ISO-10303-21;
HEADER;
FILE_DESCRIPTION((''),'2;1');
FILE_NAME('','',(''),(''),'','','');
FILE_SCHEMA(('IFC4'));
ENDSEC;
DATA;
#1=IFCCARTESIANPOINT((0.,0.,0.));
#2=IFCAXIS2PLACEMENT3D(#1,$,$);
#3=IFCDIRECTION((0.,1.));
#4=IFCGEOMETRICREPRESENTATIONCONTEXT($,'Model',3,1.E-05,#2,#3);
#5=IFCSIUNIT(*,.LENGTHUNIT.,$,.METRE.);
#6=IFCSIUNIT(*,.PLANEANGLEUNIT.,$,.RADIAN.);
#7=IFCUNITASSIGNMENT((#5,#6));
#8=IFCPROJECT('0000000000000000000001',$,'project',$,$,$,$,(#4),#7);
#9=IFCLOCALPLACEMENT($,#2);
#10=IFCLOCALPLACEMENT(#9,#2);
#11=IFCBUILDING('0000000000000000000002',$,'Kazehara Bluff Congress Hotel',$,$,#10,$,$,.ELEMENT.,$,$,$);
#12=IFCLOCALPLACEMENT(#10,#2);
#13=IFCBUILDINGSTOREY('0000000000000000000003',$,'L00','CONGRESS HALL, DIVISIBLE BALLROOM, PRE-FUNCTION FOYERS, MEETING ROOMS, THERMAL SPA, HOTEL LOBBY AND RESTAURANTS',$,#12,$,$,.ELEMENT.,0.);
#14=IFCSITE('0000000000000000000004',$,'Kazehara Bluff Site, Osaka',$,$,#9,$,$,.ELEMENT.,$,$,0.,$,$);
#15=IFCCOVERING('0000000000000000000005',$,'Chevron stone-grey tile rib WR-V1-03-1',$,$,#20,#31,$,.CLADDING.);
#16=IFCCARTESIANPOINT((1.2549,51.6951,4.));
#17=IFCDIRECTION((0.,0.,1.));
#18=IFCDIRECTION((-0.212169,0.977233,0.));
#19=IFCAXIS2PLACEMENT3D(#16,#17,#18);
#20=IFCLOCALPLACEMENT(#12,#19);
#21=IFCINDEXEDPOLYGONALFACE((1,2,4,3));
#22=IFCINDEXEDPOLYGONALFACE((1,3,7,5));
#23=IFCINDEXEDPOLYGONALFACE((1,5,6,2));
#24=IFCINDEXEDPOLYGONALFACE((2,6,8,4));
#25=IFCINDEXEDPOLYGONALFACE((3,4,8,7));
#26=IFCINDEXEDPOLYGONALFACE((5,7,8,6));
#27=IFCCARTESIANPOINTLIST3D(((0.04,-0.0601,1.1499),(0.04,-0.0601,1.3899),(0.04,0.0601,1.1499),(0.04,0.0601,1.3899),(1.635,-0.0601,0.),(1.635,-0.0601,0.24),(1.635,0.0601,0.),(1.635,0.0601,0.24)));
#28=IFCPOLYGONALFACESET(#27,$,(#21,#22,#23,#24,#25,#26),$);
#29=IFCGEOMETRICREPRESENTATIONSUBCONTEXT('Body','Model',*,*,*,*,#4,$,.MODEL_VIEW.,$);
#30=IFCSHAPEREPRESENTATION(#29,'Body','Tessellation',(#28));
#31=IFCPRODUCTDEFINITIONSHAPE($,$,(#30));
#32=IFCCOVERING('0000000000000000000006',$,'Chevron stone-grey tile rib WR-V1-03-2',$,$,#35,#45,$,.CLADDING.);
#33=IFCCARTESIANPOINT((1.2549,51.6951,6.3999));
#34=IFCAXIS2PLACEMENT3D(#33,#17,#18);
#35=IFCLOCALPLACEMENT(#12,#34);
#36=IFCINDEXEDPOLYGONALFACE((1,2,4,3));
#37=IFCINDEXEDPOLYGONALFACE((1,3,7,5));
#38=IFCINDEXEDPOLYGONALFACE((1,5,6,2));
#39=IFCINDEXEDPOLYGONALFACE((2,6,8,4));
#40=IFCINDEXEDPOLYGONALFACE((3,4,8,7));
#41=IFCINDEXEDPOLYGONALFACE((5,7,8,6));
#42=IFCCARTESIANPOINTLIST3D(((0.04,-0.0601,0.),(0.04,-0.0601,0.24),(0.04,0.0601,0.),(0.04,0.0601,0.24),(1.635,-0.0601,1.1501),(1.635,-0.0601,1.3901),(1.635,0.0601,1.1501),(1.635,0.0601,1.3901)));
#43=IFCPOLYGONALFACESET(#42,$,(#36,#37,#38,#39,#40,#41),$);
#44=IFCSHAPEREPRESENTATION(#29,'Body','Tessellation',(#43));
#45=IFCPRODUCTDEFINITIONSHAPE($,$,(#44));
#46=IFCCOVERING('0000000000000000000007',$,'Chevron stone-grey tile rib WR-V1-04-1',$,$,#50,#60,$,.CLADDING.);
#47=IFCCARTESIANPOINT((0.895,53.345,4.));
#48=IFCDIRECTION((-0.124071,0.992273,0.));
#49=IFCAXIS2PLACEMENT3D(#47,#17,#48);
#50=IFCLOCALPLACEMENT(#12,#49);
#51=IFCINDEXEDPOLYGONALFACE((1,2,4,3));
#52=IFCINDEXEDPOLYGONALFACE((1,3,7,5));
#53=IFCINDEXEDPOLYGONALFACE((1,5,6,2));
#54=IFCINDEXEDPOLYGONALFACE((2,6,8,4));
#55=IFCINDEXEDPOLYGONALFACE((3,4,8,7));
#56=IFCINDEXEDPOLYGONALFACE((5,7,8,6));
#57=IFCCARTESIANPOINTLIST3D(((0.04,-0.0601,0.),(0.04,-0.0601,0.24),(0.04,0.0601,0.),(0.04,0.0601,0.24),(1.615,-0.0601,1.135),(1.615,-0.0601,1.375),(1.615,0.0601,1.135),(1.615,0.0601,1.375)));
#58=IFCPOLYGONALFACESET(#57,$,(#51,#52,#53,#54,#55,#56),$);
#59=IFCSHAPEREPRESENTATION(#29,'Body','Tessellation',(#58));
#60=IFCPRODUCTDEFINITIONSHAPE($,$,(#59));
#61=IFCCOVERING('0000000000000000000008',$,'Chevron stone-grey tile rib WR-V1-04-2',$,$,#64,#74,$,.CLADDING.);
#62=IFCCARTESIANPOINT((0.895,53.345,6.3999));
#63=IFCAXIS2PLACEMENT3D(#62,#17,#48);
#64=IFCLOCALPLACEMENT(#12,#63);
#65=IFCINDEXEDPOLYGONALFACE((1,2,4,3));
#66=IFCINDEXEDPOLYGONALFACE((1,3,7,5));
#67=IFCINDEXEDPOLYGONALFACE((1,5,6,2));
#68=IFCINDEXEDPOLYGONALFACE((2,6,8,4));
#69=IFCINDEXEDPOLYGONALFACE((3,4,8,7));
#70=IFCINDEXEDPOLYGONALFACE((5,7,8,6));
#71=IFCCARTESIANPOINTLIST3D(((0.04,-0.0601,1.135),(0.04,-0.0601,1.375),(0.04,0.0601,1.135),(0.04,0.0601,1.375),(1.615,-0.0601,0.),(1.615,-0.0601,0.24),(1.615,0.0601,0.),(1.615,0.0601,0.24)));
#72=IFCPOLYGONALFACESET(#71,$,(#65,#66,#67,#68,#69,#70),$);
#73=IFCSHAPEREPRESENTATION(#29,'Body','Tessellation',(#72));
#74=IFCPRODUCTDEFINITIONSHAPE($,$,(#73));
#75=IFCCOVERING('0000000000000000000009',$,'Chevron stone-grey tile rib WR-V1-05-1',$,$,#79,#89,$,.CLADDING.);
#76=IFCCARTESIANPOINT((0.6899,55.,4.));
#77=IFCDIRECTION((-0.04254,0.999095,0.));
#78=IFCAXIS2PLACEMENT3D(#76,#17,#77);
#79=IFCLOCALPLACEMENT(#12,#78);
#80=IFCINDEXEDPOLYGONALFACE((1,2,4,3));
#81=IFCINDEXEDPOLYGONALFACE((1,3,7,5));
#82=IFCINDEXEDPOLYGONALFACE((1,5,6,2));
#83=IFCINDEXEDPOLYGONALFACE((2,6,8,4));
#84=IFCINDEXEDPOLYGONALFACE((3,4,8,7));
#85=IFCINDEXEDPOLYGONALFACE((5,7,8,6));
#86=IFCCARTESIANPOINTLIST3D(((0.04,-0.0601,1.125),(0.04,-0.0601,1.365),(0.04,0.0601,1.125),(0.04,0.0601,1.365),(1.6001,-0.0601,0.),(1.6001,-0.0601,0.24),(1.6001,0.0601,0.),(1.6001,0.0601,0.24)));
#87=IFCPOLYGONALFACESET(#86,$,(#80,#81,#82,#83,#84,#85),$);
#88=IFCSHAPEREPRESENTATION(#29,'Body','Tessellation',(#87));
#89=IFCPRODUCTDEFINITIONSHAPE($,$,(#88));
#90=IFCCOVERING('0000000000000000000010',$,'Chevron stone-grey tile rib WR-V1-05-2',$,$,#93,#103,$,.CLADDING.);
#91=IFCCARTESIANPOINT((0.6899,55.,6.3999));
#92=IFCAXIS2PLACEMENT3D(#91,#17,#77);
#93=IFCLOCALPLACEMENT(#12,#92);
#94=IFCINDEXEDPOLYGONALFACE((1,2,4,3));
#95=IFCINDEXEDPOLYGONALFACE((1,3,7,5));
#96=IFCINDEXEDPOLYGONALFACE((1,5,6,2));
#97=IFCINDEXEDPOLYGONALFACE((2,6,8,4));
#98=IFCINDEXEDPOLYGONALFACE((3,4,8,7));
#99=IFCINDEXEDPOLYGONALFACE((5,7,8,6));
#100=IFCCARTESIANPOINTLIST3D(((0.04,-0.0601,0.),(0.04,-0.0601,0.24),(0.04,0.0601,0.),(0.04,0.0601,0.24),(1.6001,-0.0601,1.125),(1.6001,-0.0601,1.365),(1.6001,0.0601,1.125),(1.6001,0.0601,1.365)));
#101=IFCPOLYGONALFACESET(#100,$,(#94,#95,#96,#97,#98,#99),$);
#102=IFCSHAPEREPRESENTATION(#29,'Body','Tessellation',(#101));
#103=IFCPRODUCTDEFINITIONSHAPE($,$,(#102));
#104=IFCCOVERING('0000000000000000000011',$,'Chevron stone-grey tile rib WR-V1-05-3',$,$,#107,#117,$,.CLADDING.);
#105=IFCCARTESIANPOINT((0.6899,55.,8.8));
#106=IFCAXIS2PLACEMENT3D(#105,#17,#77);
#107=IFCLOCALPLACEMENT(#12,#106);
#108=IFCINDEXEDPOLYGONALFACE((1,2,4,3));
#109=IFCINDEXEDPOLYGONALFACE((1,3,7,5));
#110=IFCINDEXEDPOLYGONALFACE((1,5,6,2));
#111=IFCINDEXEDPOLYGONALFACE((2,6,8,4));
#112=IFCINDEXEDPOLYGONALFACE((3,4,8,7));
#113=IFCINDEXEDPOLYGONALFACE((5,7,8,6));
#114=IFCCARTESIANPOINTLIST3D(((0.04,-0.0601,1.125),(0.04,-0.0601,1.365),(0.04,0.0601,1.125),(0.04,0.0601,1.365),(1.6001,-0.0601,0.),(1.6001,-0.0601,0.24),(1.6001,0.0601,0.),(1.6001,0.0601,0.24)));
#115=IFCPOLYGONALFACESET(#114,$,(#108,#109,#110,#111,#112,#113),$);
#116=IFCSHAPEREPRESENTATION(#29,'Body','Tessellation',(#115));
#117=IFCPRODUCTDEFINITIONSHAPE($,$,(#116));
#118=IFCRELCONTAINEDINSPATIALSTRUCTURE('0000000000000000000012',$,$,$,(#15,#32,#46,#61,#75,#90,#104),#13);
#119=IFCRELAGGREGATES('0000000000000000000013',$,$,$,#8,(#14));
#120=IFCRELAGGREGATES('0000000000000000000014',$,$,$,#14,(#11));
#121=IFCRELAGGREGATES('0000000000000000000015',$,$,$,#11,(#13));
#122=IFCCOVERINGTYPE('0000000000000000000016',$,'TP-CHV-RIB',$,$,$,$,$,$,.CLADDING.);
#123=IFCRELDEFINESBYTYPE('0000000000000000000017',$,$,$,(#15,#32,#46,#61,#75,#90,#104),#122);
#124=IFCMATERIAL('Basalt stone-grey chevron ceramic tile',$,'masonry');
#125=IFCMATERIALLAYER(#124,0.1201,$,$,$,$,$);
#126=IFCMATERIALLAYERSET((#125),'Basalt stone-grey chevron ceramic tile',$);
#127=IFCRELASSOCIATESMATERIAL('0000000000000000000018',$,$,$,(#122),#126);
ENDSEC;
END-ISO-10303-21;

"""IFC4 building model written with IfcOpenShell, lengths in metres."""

from ifc_helpers import new_model, si_unit, direction, frame, origin, place, context, subcontext, project, spatial, polyline, outline, extrude, material, layer, layer_set, type_object, element, save


model = new_model("IFC4")

# Units and contexts
model_context = context("Model", 3, precision=1e-05, world=origin(), true_north=direction((0.0, 1.0)))
body_context = subcontext(model_context, "Body", "Model", "MODEL_VIEW")
ifc_project = project(units=[si_unit("LENGTHUNIT", "METRE"), si_unit("PLANEANGLEUNIT", "RADIAN")], contexts=[model_context])

# Site, building, storey
site_placement = place(None, origin())
site = spatial("IfcSite", under=ifc_project, at=site_placement, Name="Kazehara Bluff Site, Osaka", CompositionType="ELEMENT", RefElevation=0.0)
building_placement = place(site_placement, origin())
building = spatial("IfcBuilding", under=site, at=building_placement, Name="Kazehara Bluff Congress Hotel", CompositionType="ELEMENT")
storey_placement = place(building_placement, origin())
storey = spatial("IfcBuildingStorey", under=building, at=storey_placement, Name="L00", Description="CONGRESS HALL, DIVISIBLE BALLROOM, PRE-FUNCTION FOYERS, MEETING ROOMS, THERMAL SPA, HOTEL LOBBY AND RESTAURANTS", CompositionType="ELEMENT", Elevation=0.0)

# Coverings
ifc_material_1 = material(Name="Basalt stone-grey chevron ceramic tile", Category="masonry")
ifc_layer_1 = layer(ifc_material_1, 0.1201)
ifc_layer_set_1 = layer_set([ifc_layer_1], Name="Basalt stone-grey chevron ceramic tile")
covering_type_1 = type_object("IfcCoveringType", Name="TP-CHV-RIB", PredefinedType="CLADDING", material=ifc_layer_set_1)
covering_1_placement = place(storey_placement, frame((1.2549, 51.6951, 4.0), z_axis=(0.0, 0.0, 1.0), x_axis=(-0.212169, 0.977233, 0.0)))
element("IfcCovering", 1, at=covering_1_placement, inside=storey, type_object=covering_type_1, Name="Chevron stone-grey tile rib WR-V1-03-1", PredefinedType="CLADDING", context=body_context, shape_type="SweptSolid", body=[
    extrude(outline(polyline([(0.04, 1.1499), (1.635, 0.0), (1.635, 0.24), (0.04, 1.3899), (0.04, 1.1499)])), frame((0.0, 0.0601, 0.0), z_axis=(0.0, -1.0, 0.0), x_axis=(1.0, 0.0, 0.0)), (0.0, 0.0, 1.0), 0.1201),
])
covering_2_placement = place(storey_placement, frame((1.2549, 51.6951, 6.3999), z_axis=(0.0, 0.0, 1.0), x_axis=(-0.212169, 0.977233, 0.0)))
element("IfcCovering", 2, at=covering_2_placement, inside=storey, type_object=covering_type_1, Name="Chevron stone-grey tile rib WR-V1-03-2", PredefinedType="CLADDING", context=body_context, shape_type="SweptSolid", body=[
    extrude(outline(polyline([(0.04, 0.0), (1.635, 1.1501), (1.635, 1.3901), (0.04, 0.24), (0.04, 0.0)])), frame((0.0, 0.0601, 0.0), z_axis=(0.0, -1.0, 0.0), x_axis=(1.0, 0.0, 0.0)), (0.0, 0.0, 1.0), 0.1201),
])
covering_3_placement = place(storey_placement, frame((0.895, 53.345, 4.0), z_axis=(0.0, 0.0, 1.0), x_axis=(-0.124071, 0.992273, 0.0)))
element("IfcCovering", 3, at=covering_3_placement, inside=storey, type_object=covering_type_1, Name="Chevron stone-grey tile rib WR-V1-04-1", PredefinedType="CLADDING", context=body_context, shape_type="SweptSolid", body=[
    extrude(outline(polyline([(0.04, 0.0), (1.615, 1.135), (1.615, 1.375), (0.04, 0.24), (0.04, 0.0)])), frame((0.0, 0.0601, 0.0), z_axis=(0.0, -1.0, 0.0), x_axis=(1.0, 0.0, 0.0)), (0.0, 0.0, 1.0), 0.1201),
])
covering_4_placement = place(storey_placement, frame((0.895, 53.345, 6.3999), z_axis=(0.0, 0.0, 1.0), x_axis=(-0.124071, 0.992273, 0.0)))
element("IfcCovering", 4, at=covering_4_placement, inside=storey, type_object=covering_type_1, Name="Chevron stone-grey tile rib WR-V1-04-2", PredefinedType="CLADDING", context=body_context, shape_type="SweptSolid", body=[
    extrude(outline(polyline([(0.04, 1.135), (1.615, 0.0), (1.615, 0.24), (0.04, 1.375), (0.04, 1.135)])), frame((0.0, 0.0601, 0.0), z_axis=(0.0, -1.0, 0.0), x_axis=(1.0, 0.0, 0.0)), (0.0, 0.0, 1.0), 0.1201),
])
covering_5_placement = place(storey_placement, frame((0.6899, 55.0, 4.0), z_axis=(0.0, 0.0, 1.0), x_axis=(-0.04254, 0.999095, 0.0)))
element("IfcCovering", 5, at=covering_5_placement, inside=storey, type_object=covering_type_1, Name="Chevron stone-grey tile rib WR-V1-05-1", PredefinedType="CLADDING", context=body_context, shape_type="SweptSolid", body=[
    extrude(outline(polyline([(0.04, 1.125), (1.6001, 0.0), (1.6001, 0.24), (0.04, 1.365), (0.04, 1.125)])), frame((0.0, 0.0601, 0.0), z_axis=(0.0, -1.0, 0.0), x_axis=(1.0, 0.0, 0.0)), (0.0, 0.0, 1.0), 0.1201),
])
covering_6_placement = place(storey_placement, frame((0.6899, 55.0, 6.3999), z_axis=(0.0, 0.0, 1.0), x_axis=(-0.04254, 0.999095, 0.0)))
element("IfcCovering", 6, at=covering_6_placement, inside=storey, type_object=covering_type_1, Name="Chevron stone-grey tile rib WR-V1-05-2", PredefinedType="CLADDING", context=body_context, shape_type="SweptSolid", body=[
    extrude(outline(polyline([(0.04, 0.0), (1.6001, 1.125), (1.6001, 1.365), (0.04, 0.24), (0.04, 0.0)])), frame((0.0, 0.0601, 0.0), z_axis=(0.0, -1.0, 0.0), x_axis=(1.0, 0.0, 0.0)), (0.0, 0.0, 1.0), 0.1201),
])
covering_7_placement = place(storey_placement, frame((0.6899, 55.0, 8.8), z_axis=(0.0, 0.0, 1.0), x_axis=(-0.04254, 0.999095, 0.0)))
element("IfcCovering", 7, at=covering_7_placement, inside=storey, type_object=covering_type_1, Name="Chevron stone-grey tile rib WR-V1-05-3", PredefinedType="CLADDING", context=body_context, shape_type="SweptSolid", body=[
    extrude(outline(polyline([(0.04, 1.125), (1.6001, 0.0), (1.6001, 0.24), (0.04, 1.365), (0.04, 1.125)])), frame((0.0, 0.0601, 0.0), z_axis=(0.0, -1.0, 0.0), x_axis=(1.0, 0.0, 0.0)), (0.0, 0.0, 1.0), 0.1201),
])

save(model, "model.ifc")
